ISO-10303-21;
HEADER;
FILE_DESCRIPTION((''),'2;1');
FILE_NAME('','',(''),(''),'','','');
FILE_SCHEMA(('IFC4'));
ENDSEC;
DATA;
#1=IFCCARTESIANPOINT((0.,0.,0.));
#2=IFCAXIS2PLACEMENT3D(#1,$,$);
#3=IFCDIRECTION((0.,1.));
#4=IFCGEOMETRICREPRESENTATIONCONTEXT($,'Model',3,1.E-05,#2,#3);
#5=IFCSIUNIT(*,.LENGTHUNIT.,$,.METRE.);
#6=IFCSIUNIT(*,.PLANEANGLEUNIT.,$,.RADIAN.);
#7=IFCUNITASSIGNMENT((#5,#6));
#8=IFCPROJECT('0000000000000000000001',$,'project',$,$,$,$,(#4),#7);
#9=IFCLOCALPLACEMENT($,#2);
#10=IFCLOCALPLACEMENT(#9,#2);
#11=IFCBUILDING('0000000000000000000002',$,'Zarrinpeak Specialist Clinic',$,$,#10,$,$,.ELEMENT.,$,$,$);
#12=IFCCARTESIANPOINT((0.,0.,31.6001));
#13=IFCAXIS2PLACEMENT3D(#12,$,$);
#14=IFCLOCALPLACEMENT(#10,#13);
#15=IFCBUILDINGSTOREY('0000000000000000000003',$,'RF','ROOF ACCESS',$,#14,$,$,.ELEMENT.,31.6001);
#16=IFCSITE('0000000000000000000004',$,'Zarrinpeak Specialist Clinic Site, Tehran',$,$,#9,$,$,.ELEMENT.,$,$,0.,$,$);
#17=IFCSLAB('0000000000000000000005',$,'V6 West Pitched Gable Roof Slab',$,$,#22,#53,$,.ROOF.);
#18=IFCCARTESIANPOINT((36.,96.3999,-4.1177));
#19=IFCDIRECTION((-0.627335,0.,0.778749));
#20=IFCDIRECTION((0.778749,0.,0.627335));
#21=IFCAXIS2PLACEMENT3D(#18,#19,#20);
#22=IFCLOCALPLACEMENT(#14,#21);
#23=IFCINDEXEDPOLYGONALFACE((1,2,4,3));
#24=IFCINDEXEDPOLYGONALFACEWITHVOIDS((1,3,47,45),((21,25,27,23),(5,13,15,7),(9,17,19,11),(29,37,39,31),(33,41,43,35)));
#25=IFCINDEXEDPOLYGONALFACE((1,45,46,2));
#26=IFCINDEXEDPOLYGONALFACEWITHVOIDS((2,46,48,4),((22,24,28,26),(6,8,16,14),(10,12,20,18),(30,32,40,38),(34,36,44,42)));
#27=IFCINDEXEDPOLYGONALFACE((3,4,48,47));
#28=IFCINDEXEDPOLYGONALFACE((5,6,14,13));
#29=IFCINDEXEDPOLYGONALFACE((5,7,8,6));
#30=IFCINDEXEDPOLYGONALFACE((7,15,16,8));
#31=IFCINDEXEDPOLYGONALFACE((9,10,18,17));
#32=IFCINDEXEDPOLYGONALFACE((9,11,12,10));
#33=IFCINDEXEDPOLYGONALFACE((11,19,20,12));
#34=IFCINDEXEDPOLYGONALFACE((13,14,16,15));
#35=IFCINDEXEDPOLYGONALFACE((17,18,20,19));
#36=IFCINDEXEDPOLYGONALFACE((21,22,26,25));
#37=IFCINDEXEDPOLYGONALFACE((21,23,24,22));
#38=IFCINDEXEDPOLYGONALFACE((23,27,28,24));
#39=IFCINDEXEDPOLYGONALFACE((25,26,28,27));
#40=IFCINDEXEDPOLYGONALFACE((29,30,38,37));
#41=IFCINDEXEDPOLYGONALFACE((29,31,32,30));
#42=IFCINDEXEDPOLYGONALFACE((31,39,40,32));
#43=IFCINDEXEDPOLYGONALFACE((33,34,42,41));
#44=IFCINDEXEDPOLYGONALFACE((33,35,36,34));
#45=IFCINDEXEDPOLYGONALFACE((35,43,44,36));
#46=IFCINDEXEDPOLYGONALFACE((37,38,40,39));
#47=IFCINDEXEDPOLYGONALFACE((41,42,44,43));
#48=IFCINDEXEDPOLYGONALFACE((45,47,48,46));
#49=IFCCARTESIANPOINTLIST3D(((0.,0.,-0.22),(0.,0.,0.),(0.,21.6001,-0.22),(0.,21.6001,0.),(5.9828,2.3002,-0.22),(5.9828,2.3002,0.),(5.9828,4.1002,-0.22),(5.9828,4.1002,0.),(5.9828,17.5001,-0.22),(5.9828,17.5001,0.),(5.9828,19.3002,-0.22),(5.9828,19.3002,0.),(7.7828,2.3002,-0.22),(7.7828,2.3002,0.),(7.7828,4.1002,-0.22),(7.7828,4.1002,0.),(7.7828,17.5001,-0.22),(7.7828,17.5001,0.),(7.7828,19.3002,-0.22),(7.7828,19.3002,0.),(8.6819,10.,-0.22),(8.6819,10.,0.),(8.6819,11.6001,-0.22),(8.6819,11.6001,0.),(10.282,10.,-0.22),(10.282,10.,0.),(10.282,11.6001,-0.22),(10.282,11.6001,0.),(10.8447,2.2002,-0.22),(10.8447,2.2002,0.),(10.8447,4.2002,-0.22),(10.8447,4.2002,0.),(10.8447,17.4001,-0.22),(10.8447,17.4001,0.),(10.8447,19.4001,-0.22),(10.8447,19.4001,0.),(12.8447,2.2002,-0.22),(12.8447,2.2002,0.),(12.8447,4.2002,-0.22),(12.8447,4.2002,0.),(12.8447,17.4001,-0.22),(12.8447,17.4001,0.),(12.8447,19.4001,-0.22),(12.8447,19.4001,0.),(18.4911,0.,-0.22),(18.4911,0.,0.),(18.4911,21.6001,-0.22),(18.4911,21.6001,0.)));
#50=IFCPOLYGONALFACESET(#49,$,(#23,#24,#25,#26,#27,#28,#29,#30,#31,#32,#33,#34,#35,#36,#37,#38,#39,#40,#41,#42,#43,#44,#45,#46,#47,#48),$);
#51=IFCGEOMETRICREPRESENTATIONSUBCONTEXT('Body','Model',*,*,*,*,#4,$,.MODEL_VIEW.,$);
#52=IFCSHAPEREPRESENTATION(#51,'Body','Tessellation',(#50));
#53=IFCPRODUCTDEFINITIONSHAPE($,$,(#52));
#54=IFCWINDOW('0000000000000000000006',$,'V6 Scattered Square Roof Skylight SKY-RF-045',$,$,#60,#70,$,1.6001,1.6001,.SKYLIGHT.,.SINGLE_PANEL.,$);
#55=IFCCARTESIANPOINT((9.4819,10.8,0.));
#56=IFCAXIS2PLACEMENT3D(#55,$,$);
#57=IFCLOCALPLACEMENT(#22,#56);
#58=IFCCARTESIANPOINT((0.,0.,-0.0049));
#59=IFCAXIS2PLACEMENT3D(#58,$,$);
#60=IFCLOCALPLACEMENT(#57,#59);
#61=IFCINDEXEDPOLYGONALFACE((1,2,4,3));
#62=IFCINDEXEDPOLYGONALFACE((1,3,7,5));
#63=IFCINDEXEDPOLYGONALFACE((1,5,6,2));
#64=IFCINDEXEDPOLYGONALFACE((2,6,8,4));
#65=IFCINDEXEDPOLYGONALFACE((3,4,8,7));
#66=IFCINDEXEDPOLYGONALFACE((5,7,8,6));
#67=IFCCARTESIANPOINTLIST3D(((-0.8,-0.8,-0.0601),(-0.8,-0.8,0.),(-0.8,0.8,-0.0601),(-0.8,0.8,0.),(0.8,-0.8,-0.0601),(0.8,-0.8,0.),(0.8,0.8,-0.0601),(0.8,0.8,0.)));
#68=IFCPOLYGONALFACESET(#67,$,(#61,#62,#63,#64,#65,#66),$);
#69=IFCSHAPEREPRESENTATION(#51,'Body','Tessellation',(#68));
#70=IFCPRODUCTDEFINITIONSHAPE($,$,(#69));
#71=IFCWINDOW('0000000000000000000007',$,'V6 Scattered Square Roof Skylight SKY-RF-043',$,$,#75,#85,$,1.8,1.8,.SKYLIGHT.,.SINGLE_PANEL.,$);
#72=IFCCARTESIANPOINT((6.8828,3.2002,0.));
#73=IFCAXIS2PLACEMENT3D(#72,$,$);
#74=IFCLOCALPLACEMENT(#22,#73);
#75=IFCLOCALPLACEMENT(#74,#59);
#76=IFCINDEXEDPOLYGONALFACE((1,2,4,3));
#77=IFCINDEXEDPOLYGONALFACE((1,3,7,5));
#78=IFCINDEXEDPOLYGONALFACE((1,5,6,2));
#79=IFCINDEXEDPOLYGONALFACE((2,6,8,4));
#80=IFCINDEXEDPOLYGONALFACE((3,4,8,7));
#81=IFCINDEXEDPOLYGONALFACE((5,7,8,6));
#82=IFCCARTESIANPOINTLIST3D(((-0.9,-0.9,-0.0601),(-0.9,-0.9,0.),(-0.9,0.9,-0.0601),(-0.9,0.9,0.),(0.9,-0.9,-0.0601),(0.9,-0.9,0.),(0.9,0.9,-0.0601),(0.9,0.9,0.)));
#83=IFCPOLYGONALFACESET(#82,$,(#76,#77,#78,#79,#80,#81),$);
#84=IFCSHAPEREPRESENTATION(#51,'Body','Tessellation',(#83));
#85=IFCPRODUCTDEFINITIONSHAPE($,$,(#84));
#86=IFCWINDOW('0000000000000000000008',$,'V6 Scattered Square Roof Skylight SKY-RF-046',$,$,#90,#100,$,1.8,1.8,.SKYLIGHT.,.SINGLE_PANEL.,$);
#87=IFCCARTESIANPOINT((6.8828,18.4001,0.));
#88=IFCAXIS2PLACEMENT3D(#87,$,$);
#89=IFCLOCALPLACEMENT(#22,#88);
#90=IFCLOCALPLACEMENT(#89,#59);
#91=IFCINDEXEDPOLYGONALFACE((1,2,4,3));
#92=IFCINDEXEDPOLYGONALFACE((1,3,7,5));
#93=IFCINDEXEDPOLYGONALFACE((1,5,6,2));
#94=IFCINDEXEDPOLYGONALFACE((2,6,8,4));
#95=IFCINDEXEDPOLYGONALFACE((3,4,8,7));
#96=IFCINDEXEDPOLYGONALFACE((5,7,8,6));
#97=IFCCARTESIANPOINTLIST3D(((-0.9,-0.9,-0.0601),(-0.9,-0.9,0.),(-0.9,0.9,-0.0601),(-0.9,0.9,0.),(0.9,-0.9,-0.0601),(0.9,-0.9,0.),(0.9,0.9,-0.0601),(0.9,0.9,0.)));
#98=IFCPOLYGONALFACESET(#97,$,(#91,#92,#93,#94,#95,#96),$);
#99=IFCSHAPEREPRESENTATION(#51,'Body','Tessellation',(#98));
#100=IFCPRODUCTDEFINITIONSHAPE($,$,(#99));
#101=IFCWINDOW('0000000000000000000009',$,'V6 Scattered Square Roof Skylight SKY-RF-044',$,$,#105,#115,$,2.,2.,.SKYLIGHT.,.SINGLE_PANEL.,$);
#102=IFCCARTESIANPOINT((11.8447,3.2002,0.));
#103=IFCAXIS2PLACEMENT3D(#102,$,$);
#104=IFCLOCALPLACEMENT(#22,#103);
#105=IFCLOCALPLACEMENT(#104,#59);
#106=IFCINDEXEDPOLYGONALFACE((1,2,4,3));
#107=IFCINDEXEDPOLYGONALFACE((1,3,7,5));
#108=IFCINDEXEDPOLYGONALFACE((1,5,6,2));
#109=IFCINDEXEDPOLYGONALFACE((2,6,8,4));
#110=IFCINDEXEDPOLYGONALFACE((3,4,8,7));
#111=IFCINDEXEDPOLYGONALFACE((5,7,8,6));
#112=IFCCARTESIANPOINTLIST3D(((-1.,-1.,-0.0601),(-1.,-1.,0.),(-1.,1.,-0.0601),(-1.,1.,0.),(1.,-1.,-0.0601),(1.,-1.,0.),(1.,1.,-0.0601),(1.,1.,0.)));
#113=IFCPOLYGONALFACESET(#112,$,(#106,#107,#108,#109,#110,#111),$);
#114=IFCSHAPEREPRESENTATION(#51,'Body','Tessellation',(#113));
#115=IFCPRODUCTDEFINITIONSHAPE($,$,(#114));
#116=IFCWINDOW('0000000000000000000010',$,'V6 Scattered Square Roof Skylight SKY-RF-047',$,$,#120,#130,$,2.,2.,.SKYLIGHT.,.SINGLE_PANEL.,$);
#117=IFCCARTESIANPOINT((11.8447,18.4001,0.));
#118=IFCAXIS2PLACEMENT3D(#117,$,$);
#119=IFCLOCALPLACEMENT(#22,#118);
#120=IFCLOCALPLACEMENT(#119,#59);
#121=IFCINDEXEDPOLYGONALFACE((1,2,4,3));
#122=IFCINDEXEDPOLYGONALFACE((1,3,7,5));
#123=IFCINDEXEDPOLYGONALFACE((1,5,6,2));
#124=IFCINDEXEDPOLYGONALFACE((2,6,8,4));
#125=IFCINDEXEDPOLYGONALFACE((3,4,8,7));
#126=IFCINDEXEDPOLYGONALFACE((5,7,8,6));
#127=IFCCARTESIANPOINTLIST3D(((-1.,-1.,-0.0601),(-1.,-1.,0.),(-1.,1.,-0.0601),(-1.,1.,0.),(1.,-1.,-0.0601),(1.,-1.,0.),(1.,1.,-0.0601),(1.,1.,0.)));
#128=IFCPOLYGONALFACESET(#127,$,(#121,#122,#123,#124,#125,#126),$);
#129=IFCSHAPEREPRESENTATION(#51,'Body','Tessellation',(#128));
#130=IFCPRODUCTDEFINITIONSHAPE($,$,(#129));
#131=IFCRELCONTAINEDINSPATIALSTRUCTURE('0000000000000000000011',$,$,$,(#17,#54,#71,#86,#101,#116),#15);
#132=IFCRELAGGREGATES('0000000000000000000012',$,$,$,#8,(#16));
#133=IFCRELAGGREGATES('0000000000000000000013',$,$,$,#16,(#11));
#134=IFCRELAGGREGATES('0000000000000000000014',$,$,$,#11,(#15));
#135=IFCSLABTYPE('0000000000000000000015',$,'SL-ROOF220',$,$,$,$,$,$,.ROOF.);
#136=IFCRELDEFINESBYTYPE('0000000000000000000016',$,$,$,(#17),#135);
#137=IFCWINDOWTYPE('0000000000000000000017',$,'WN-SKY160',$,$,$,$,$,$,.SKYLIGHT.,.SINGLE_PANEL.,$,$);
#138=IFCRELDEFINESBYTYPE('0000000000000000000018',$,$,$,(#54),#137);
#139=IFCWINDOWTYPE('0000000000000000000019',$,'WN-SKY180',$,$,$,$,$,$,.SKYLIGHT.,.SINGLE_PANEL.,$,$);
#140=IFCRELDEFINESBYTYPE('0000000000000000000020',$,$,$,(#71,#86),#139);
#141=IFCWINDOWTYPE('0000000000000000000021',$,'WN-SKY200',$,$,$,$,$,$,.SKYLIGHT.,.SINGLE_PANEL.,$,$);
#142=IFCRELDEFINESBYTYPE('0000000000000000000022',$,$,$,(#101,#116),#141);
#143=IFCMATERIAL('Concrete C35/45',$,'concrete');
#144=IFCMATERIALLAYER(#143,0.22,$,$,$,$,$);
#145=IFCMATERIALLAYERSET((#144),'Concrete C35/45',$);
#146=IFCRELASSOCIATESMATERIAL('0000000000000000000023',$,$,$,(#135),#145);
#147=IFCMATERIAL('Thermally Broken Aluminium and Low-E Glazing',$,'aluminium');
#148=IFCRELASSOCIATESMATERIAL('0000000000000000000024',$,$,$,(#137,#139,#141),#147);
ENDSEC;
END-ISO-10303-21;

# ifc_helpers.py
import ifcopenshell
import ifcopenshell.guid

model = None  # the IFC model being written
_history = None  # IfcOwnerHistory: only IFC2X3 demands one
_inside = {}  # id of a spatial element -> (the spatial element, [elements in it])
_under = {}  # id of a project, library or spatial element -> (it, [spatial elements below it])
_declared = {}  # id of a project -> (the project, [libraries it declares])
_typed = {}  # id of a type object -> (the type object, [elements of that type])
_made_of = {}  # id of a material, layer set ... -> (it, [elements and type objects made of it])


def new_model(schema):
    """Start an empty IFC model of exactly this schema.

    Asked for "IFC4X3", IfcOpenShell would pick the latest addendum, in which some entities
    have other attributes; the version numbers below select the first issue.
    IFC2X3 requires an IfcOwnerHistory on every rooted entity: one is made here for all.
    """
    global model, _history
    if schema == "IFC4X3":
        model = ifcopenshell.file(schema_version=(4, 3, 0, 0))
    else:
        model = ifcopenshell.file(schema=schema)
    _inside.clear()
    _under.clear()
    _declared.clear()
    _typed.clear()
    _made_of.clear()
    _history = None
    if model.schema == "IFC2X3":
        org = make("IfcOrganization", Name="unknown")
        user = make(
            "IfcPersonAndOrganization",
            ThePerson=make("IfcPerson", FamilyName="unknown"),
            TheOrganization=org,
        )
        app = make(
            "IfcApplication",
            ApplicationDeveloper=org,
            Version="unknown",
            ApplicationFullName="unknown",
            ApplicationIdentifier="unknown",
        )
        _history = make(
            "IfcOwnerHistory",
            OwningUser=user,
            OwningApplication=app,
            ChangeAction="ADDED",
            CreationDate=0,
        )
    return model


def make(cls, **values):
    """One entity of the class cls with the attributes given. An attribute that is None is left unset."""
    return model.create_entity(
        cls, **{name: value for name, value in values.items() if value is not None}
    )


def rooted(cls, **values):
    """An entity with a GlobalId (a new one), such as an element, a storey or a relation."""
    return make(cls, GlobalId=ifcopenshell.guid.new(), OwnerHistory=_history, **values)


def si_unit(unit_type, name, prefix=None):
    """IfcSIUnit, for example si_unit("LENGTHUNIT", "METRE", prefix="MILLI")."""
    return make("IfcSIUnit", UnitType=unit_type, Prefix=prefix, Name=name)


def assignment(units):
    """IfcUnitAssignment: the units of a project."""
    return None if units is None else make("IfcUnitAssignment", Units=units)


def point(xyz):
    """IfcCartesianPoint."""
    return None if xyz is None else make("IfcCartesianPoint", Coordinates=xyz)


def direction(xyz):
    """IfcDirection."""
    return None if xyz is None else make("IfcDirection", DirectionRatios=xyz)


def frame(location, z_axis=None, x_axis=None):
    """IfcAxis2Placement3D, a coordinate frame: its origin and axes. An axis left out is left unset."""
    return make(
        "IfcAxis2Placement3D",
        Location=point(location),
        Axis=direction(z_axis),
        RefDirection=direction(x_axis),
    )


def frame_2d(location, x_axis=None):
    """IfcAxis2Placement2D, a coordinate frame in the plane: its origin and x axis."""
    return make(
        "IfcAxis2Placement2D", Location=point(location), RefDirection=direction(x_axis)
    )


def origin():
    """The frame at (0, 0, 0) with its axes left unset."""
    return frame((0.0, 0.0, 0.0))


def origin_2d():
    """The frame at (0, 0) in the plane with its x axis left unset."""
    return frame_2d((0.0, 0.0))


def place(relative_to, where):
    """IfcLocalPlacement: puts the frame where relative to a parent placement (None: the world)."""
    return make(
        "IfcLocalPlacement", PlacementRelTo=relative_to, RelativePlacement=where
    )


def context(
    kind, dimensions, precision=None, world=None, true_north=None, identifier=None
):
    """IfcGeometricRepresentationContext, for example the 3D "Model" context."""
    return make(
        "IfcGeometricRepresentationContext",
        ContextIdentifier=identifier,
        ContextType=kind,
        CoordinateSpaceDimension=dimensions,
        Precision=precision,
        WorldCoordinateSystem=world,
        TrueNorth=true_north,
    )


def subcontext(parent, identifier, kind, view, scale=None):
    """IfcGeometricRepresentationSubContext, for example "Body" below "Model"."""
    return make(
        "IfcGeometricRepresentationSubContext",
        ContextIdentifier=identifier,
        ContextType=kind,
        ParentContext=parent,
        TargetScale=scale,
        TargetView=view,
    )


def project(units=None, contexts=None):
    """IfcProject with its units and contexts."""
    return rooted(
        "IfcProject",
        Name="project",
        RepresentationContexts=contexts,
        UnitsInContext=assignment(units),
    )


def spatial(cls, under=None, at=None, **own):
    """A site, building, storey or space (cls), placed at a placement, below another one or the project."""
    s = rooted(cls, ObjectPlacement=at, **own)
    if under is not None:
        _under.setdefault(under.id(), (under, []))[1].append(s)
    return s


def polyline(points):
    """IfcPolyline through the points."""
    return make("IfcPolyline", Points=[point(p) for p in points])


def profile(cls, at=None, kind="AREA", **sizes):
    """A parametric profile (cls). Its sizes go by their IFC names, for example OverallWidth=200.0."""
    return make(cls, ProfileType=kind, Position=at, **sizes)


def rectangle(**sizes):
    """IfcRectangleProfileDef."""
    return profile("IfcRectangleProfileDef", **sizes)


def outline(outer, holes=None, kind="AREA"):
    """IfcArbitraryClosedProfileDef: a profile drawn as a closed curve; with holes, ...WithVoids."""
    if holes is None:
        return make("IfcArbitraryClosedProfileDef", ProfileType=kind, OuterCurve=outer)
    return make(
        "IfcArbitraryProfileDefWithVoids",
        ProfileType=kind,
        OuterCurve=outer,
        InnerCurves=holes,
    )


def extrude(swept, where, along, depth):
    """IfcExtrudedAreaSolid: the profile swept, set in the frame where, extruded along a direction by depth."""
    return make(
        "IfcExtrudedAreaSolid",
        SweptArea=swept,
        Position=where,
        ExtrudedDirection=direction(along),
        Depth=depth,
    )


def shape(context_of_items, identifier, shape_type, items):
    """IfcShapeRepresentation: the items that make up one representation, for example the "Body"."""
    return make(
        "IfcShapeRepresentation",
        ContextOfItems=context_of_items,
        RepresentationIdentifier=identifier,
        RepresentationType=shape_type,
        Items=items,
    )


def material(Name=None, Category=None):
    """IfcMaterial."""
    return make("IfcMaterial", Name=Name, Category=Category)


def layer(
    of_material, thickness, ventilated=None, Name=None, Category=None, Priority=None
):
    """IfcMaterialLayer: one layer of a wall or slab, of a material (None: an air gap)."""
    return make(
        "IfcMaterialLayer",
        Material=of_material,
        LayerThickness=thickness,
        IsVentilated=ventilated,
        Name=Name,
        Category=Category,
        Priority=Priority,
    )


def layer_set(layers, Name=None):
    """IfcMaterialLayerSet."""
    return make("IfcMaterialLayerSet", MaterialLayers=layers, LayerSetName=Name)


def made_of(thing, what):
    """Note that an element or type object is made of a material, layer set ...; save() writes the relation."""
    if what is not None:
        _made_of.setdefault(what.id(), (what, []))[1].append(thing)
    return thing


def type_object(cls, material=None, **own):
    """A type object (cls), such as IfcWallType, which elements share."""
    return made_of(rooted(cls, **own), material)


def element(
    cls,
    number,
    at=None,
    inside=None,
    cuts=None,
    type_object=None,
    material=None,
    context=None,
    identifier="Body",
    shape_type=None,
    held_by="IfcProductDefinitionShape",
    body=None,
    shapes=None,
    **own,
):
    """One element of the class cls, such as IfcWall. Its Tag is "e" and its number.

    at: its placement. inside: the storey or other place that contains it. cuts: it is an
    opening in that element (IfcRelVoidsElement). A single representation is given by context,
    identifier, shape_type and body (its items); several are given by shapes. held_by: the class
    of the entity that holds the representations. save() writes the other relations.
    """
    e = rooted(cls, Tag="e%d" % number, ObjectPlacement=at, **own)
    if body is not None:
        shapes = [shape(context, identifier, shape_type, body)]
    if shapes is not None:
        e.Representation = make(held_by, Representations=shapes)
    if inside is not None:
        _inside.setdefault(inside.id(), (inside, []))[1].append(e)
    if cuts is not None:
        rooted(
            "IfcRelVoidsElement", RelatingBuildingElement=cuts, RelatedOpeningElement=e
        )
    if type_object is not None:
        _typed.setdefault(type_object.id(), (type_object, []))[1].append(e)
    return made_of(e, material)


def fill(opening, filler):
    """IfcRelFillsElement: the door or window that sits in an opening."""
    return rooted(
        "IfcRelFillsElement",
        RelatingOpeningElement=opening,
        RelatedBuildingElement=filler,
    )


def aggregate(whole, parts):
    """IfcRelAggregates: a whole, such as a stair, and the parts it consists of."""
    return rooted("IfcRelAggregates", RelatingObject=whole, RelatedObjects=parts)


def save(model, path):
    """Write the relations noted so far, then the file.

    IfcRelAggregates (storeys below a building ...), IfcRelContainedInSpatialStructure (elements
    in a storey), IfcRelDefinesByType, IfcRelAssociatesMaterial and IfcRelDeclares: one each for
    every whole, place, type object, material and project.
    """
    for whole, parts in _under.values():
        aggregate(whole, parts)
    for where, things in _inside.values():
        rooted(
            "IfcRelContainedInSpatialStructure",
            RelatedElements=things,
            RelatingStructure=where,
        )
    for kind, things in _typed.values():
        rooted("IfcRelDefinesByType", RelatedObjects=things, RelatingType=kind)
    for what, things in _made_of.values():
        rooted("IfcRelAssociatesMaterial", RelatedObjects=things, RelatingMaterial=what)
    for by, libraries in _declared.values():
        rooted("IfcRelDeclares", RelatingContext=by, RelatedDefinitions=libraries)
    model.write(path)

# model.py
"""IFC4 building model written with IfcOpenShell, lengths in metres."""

from ifc_helpers import new_model, si_unit, direction, frame, origin, origin_2d, place, context, subcontext, project, spatial, polyline, rectangle, outline, extrude, material, layer, layer_set, type_object, element, fill, save


model = new_model("IFC4")

# Units and contexts
model_context = context("Model", 3, precision=1e-05, world=origin(), true_north=direction((0.0, 1.0)))
body_context = subcontext(model_context, "Body", "Model", "MODEL_VIEW")
ifc_project = project(units=[si_unit("LENGTHUNIT", "METRE"), si_unit("PLANEANGLEUNIT", "RADIAN")], contexts=[model_context])

# Site, building, storey
site_placement = place(None, origin())
site = spatial("IfcSite", under=ifc_project, at=site_placement, Name="Zarrinpeak Specialist Clinic Site, Tehran", CompositionType="ELEMENT", RefElevation=0.0)
building_placement = place(site_placement, origin())
building = spatial("IfcBuilding", under=site, at=building_placement, Name="Zarrinpeak Specialist Clinic", CompositionType="ELEMENT")
storey_placement = place(building_placement, frame((0.0, 0.0, 31.6001)))
storey = spatial("IfcBuildingStorey", under=building, at=storey_placement, Name="RF", Description="ROOF ACCESS", CompositionType="ELEMENT", Elevation=31.6001)

# Slab, openings, windows
ifc_material_1 = material(Name="Concrete C35/45", Category="concrete")
ifc_layer_1 = layer(ifc_material_1, 0.22)
ifc_layer_set_1 = layer_set([ifc_layer_1], Name="Concrete C35/45")
slab_type = type_object("IfcSlabType", Name="SL-ROOF220", PredefinedType="ROOF", material=ifc_layer_set_1)
slab_placement = place(storey_placement, frame((36.0, 96.3999, -4.1177), z_axis=(-0.627335, 0.0, 0.778749), x_axis=(0.778749, 0.0, 0.627335)))
slab = element("IfcSlab", 1, at=slab_placement, inside=storey, type_object=slab_type, Name="V6 West Pitched Gable Roof Slab", PredefinedType="ROOF", context=body_context, shape_type="SweptSolid", body=[
    extrude(outline(polyline([(0.0, 0.0), (18.4911, 0.0), (18.4911, 21.6001), (0.0, 21.6001), (0.0, 0.0)])), origin(), (0.0, 0.0, -1.0), 0.22),
])
opening_1_placement = place(slab_placement, frame((6.8828, 3.2002, 0.0)))
opening_1 = element("IfcOpeningElement", 2, at=opening_1_placement, cuts=slab, PredefinedType="OPENING", context=body_context, shape_type="SweptSolid", body=[
    extrude(rectangle(XDim=1.8, YDim=1.8, at=origin_2d()), frame((0.0, 0.0, 0.01), z_axis=(0.0, 0.0, 1.0), x_axis=(1.0, 0.0, 0.0)), (0.0, 0.0, -1.0), 0.24),
])
opening_2_placement = place(slab_placement, frame((11.8447, 3.2002, 0.0)))
opening_2 = element("IfcOpeningElement", 3, at=opening_2_placement, cuts=slab, PredefinedType="OPENING", context=body_context, shape_type="SweptSolid", body=[
    extrude(rectangle(XDim=2.0, YDim=2.0, at=origin_2d()), frame((0.0, 0.0, 0.01), z_axis=(0.0, 0.0, 1.0), x_axis=(1.0, 0.0, 0.0)), (0.0, 0.0, -1.0), 0.24),
])
opening_3_placement = place(slab_placement, frame((9.4819, 10.8, 0.0)))
opening_3 = element("IfcOpeningElement", 4, at=opening_3_placement, cuts=slab, PredefinedType="OPENING", context=body_context, shape_type="SweptSolid", body=[
    extrude(rectangle(XDim=1.6001, YDim=1.6001, at=origin_2d()), frame((0.0, 0.0, 0.01), z_axis=(0.0, 0.0, 1.0), x_axis=(1.0, 0.0, 0.0)), (0.0, 0.0, -1.0), 0.24),
])
opening_4_placement = place(slab_placement, frame((6.8828, 18.4001, 0.0)))
opening_4 = element("IfcOpeningElement", 5, at=opening_4_placement, cuts=slab, PredefinedType="OPENING", context=body_context, shape_type="SweptSolid", body=[
    extrude(rectangle(XDim=1.8, YDim=1.8, at=origin_2d()), frame((0.0, 0.0, 0.01), z_axis=(0.0, 0.0, 1.0), x_axis=(1.0, 0.0, 0.0)), (0.0, 0.0, -1.0), 0.24),
])
opening_5_placement = place(slab_placement, frame((11.8447, 18.4001, 0.0)))
opening_5 = element("IfcOpeningElement", 6, at=opening_5_placement, cuts=slab, PredefinedType="OPENING", context=body_context, shape_type="SweptSolid", body=[
    extrude(rectangle(XDim=2.0, YDim=2.0, at=origin_2d()), frame((0.0, 0.0, 0.01), z_axis=(0.0, 0.0, 1.0), x_axis=(1.0, 0.0, 0.0)), (0.0, 0.0, -1.0), 0.24),
])
ifc_material_2 = material(Name="Thermally Broken Aluminium and Low-E Glazing", Category="aluminium")
window_type_1 = type_object("IfcWindowType", Name="WN-SKY160", PartitioningType="SINGLE_PANEL", PredefinedType="SKYLIGHT", material=ifc_material_2)
window_1_placement = place(opening_3_placement, frame((0.0, 0.0, -0.0049)))
window_1 = element("IfcWindow", 7, at=window_1_placement, inside=storey, type_object=window_type_1, Name="V6 Scattered Square Roof Skylight SKY-RF-045", OverallHeight=1.6001, OverallWidth=1.6001, PartitioningType="SINGLE_PANEL", PredefinedType="SKYLIGHT", context=body_context, shape_type="SweptSolid", body=[
    extrude(rectangle(XDim=1.6001, YDim=1.6001, at=origin_2d()), origin(), (0.0, 0.0, -1.0), 0.0601),
])
fill(opening_3, window_1)
window_type_2 = type_object("IfcWindowType", Name="WN-SKY180", PartitioningType="SINGLE_PANEL", PredefinedType="SKYLIGHT", material=ifc_material_2)
window_2_placement = place(opening_1_placement, frame((0.0, 0.0, -0.0049)))
window_2 = element("IfcWindow", 8, at=window_2_placement, inside=storey, type_object=window_type_2, Name="V6 Scattered Square Roof Skylight SKY-RF-043", OverallHeight=1.8, OverallWidth=1.8, PartitioningType="SINGLE_PANEL", PredefinedType="SKYLIGHT", context=body_context, shape_type="SweptSolid", body=[
    extrude(rectangle(XDim=1.8, YDim=1.8, at=origin_2d()), origin(), (0.0, 0.0, -1.0), 0.0601),
])
fill(opening_1, window_2)
window_3_placement = place(opening_4_placement, frame((0.0, 0.0, -0.0049)))
window_3 = element("IfcWindow", 9, at=window_3_placement, inside=storey, type_object=window_type_2, Name="V6 Scattered Square Roof Skylight SKY-RF-046", OverallHeight=1.8, OverallWidth=1.8, PartitioningType="SINGLE_PANEL", PredefinedType="SKYLIGHT", context=body_context, shape_type="SweptSolid", body=[
    extrude(rectangle(XDim=1.8, YDim=1.8, at=origin_2d()), origin(), (0.0, 0.0, -1.0), 0.0601),
])
fill(opening_4, window_3)
window_type_3 = type_object("IfcWindowType", Name="WN-SKY200", PartitioningType="SINGLE_PANEL", PredefinedType="SKYLIGHT", material=ifc_material_2)
window_4_placement = place(opening_2_placement, frame((0.0, 0.0, -0.0049)))
window_4 = element("IfcWindow", 10, at=window_4_placement, inside=storey, type_object=window_type_3, Name="V6 Scattered Square Roof Skylight SKY-RF-044", OverallHeight=2.0, OverallWidth=2.0, PartitioningType="SINGLE_PANEL", PredefinedType="SKYLIGHT", context=body_context, shape_type="SweptSolid", body=[
    extrude(rectangle(XDim=2.0, YDim=2.0, at=origin_2d()), origin(), (0.0, 0.0, -1.0), 0.0601),
])
fill(opening_2, window_4)
window_5_placement = place(opening_5_placement, frame((0.0, 0.0, -0.0049)))
window_5 = element("IfcWindow", 11, at=window_5_placement, inside=storey, type_object=window_type_3, Name="V6 Scattered Square Roof Skylight SKY-RF-047", OverallHeight=2.0, OverallWidth=2.0, PartitioningType="SINGLE_PANEL", PredefinedType="SKYLIGHT", context=body_context, shape_type="SweptSolid", body=[
    extrude(rectangle(XDim=2.0, YDim=2.0, at=origin_2d()), origin(), (0.0, 0.0, -1.0), 0.0601),
])
fill(opening_5, window_5)

save(model, "model.ifc")
